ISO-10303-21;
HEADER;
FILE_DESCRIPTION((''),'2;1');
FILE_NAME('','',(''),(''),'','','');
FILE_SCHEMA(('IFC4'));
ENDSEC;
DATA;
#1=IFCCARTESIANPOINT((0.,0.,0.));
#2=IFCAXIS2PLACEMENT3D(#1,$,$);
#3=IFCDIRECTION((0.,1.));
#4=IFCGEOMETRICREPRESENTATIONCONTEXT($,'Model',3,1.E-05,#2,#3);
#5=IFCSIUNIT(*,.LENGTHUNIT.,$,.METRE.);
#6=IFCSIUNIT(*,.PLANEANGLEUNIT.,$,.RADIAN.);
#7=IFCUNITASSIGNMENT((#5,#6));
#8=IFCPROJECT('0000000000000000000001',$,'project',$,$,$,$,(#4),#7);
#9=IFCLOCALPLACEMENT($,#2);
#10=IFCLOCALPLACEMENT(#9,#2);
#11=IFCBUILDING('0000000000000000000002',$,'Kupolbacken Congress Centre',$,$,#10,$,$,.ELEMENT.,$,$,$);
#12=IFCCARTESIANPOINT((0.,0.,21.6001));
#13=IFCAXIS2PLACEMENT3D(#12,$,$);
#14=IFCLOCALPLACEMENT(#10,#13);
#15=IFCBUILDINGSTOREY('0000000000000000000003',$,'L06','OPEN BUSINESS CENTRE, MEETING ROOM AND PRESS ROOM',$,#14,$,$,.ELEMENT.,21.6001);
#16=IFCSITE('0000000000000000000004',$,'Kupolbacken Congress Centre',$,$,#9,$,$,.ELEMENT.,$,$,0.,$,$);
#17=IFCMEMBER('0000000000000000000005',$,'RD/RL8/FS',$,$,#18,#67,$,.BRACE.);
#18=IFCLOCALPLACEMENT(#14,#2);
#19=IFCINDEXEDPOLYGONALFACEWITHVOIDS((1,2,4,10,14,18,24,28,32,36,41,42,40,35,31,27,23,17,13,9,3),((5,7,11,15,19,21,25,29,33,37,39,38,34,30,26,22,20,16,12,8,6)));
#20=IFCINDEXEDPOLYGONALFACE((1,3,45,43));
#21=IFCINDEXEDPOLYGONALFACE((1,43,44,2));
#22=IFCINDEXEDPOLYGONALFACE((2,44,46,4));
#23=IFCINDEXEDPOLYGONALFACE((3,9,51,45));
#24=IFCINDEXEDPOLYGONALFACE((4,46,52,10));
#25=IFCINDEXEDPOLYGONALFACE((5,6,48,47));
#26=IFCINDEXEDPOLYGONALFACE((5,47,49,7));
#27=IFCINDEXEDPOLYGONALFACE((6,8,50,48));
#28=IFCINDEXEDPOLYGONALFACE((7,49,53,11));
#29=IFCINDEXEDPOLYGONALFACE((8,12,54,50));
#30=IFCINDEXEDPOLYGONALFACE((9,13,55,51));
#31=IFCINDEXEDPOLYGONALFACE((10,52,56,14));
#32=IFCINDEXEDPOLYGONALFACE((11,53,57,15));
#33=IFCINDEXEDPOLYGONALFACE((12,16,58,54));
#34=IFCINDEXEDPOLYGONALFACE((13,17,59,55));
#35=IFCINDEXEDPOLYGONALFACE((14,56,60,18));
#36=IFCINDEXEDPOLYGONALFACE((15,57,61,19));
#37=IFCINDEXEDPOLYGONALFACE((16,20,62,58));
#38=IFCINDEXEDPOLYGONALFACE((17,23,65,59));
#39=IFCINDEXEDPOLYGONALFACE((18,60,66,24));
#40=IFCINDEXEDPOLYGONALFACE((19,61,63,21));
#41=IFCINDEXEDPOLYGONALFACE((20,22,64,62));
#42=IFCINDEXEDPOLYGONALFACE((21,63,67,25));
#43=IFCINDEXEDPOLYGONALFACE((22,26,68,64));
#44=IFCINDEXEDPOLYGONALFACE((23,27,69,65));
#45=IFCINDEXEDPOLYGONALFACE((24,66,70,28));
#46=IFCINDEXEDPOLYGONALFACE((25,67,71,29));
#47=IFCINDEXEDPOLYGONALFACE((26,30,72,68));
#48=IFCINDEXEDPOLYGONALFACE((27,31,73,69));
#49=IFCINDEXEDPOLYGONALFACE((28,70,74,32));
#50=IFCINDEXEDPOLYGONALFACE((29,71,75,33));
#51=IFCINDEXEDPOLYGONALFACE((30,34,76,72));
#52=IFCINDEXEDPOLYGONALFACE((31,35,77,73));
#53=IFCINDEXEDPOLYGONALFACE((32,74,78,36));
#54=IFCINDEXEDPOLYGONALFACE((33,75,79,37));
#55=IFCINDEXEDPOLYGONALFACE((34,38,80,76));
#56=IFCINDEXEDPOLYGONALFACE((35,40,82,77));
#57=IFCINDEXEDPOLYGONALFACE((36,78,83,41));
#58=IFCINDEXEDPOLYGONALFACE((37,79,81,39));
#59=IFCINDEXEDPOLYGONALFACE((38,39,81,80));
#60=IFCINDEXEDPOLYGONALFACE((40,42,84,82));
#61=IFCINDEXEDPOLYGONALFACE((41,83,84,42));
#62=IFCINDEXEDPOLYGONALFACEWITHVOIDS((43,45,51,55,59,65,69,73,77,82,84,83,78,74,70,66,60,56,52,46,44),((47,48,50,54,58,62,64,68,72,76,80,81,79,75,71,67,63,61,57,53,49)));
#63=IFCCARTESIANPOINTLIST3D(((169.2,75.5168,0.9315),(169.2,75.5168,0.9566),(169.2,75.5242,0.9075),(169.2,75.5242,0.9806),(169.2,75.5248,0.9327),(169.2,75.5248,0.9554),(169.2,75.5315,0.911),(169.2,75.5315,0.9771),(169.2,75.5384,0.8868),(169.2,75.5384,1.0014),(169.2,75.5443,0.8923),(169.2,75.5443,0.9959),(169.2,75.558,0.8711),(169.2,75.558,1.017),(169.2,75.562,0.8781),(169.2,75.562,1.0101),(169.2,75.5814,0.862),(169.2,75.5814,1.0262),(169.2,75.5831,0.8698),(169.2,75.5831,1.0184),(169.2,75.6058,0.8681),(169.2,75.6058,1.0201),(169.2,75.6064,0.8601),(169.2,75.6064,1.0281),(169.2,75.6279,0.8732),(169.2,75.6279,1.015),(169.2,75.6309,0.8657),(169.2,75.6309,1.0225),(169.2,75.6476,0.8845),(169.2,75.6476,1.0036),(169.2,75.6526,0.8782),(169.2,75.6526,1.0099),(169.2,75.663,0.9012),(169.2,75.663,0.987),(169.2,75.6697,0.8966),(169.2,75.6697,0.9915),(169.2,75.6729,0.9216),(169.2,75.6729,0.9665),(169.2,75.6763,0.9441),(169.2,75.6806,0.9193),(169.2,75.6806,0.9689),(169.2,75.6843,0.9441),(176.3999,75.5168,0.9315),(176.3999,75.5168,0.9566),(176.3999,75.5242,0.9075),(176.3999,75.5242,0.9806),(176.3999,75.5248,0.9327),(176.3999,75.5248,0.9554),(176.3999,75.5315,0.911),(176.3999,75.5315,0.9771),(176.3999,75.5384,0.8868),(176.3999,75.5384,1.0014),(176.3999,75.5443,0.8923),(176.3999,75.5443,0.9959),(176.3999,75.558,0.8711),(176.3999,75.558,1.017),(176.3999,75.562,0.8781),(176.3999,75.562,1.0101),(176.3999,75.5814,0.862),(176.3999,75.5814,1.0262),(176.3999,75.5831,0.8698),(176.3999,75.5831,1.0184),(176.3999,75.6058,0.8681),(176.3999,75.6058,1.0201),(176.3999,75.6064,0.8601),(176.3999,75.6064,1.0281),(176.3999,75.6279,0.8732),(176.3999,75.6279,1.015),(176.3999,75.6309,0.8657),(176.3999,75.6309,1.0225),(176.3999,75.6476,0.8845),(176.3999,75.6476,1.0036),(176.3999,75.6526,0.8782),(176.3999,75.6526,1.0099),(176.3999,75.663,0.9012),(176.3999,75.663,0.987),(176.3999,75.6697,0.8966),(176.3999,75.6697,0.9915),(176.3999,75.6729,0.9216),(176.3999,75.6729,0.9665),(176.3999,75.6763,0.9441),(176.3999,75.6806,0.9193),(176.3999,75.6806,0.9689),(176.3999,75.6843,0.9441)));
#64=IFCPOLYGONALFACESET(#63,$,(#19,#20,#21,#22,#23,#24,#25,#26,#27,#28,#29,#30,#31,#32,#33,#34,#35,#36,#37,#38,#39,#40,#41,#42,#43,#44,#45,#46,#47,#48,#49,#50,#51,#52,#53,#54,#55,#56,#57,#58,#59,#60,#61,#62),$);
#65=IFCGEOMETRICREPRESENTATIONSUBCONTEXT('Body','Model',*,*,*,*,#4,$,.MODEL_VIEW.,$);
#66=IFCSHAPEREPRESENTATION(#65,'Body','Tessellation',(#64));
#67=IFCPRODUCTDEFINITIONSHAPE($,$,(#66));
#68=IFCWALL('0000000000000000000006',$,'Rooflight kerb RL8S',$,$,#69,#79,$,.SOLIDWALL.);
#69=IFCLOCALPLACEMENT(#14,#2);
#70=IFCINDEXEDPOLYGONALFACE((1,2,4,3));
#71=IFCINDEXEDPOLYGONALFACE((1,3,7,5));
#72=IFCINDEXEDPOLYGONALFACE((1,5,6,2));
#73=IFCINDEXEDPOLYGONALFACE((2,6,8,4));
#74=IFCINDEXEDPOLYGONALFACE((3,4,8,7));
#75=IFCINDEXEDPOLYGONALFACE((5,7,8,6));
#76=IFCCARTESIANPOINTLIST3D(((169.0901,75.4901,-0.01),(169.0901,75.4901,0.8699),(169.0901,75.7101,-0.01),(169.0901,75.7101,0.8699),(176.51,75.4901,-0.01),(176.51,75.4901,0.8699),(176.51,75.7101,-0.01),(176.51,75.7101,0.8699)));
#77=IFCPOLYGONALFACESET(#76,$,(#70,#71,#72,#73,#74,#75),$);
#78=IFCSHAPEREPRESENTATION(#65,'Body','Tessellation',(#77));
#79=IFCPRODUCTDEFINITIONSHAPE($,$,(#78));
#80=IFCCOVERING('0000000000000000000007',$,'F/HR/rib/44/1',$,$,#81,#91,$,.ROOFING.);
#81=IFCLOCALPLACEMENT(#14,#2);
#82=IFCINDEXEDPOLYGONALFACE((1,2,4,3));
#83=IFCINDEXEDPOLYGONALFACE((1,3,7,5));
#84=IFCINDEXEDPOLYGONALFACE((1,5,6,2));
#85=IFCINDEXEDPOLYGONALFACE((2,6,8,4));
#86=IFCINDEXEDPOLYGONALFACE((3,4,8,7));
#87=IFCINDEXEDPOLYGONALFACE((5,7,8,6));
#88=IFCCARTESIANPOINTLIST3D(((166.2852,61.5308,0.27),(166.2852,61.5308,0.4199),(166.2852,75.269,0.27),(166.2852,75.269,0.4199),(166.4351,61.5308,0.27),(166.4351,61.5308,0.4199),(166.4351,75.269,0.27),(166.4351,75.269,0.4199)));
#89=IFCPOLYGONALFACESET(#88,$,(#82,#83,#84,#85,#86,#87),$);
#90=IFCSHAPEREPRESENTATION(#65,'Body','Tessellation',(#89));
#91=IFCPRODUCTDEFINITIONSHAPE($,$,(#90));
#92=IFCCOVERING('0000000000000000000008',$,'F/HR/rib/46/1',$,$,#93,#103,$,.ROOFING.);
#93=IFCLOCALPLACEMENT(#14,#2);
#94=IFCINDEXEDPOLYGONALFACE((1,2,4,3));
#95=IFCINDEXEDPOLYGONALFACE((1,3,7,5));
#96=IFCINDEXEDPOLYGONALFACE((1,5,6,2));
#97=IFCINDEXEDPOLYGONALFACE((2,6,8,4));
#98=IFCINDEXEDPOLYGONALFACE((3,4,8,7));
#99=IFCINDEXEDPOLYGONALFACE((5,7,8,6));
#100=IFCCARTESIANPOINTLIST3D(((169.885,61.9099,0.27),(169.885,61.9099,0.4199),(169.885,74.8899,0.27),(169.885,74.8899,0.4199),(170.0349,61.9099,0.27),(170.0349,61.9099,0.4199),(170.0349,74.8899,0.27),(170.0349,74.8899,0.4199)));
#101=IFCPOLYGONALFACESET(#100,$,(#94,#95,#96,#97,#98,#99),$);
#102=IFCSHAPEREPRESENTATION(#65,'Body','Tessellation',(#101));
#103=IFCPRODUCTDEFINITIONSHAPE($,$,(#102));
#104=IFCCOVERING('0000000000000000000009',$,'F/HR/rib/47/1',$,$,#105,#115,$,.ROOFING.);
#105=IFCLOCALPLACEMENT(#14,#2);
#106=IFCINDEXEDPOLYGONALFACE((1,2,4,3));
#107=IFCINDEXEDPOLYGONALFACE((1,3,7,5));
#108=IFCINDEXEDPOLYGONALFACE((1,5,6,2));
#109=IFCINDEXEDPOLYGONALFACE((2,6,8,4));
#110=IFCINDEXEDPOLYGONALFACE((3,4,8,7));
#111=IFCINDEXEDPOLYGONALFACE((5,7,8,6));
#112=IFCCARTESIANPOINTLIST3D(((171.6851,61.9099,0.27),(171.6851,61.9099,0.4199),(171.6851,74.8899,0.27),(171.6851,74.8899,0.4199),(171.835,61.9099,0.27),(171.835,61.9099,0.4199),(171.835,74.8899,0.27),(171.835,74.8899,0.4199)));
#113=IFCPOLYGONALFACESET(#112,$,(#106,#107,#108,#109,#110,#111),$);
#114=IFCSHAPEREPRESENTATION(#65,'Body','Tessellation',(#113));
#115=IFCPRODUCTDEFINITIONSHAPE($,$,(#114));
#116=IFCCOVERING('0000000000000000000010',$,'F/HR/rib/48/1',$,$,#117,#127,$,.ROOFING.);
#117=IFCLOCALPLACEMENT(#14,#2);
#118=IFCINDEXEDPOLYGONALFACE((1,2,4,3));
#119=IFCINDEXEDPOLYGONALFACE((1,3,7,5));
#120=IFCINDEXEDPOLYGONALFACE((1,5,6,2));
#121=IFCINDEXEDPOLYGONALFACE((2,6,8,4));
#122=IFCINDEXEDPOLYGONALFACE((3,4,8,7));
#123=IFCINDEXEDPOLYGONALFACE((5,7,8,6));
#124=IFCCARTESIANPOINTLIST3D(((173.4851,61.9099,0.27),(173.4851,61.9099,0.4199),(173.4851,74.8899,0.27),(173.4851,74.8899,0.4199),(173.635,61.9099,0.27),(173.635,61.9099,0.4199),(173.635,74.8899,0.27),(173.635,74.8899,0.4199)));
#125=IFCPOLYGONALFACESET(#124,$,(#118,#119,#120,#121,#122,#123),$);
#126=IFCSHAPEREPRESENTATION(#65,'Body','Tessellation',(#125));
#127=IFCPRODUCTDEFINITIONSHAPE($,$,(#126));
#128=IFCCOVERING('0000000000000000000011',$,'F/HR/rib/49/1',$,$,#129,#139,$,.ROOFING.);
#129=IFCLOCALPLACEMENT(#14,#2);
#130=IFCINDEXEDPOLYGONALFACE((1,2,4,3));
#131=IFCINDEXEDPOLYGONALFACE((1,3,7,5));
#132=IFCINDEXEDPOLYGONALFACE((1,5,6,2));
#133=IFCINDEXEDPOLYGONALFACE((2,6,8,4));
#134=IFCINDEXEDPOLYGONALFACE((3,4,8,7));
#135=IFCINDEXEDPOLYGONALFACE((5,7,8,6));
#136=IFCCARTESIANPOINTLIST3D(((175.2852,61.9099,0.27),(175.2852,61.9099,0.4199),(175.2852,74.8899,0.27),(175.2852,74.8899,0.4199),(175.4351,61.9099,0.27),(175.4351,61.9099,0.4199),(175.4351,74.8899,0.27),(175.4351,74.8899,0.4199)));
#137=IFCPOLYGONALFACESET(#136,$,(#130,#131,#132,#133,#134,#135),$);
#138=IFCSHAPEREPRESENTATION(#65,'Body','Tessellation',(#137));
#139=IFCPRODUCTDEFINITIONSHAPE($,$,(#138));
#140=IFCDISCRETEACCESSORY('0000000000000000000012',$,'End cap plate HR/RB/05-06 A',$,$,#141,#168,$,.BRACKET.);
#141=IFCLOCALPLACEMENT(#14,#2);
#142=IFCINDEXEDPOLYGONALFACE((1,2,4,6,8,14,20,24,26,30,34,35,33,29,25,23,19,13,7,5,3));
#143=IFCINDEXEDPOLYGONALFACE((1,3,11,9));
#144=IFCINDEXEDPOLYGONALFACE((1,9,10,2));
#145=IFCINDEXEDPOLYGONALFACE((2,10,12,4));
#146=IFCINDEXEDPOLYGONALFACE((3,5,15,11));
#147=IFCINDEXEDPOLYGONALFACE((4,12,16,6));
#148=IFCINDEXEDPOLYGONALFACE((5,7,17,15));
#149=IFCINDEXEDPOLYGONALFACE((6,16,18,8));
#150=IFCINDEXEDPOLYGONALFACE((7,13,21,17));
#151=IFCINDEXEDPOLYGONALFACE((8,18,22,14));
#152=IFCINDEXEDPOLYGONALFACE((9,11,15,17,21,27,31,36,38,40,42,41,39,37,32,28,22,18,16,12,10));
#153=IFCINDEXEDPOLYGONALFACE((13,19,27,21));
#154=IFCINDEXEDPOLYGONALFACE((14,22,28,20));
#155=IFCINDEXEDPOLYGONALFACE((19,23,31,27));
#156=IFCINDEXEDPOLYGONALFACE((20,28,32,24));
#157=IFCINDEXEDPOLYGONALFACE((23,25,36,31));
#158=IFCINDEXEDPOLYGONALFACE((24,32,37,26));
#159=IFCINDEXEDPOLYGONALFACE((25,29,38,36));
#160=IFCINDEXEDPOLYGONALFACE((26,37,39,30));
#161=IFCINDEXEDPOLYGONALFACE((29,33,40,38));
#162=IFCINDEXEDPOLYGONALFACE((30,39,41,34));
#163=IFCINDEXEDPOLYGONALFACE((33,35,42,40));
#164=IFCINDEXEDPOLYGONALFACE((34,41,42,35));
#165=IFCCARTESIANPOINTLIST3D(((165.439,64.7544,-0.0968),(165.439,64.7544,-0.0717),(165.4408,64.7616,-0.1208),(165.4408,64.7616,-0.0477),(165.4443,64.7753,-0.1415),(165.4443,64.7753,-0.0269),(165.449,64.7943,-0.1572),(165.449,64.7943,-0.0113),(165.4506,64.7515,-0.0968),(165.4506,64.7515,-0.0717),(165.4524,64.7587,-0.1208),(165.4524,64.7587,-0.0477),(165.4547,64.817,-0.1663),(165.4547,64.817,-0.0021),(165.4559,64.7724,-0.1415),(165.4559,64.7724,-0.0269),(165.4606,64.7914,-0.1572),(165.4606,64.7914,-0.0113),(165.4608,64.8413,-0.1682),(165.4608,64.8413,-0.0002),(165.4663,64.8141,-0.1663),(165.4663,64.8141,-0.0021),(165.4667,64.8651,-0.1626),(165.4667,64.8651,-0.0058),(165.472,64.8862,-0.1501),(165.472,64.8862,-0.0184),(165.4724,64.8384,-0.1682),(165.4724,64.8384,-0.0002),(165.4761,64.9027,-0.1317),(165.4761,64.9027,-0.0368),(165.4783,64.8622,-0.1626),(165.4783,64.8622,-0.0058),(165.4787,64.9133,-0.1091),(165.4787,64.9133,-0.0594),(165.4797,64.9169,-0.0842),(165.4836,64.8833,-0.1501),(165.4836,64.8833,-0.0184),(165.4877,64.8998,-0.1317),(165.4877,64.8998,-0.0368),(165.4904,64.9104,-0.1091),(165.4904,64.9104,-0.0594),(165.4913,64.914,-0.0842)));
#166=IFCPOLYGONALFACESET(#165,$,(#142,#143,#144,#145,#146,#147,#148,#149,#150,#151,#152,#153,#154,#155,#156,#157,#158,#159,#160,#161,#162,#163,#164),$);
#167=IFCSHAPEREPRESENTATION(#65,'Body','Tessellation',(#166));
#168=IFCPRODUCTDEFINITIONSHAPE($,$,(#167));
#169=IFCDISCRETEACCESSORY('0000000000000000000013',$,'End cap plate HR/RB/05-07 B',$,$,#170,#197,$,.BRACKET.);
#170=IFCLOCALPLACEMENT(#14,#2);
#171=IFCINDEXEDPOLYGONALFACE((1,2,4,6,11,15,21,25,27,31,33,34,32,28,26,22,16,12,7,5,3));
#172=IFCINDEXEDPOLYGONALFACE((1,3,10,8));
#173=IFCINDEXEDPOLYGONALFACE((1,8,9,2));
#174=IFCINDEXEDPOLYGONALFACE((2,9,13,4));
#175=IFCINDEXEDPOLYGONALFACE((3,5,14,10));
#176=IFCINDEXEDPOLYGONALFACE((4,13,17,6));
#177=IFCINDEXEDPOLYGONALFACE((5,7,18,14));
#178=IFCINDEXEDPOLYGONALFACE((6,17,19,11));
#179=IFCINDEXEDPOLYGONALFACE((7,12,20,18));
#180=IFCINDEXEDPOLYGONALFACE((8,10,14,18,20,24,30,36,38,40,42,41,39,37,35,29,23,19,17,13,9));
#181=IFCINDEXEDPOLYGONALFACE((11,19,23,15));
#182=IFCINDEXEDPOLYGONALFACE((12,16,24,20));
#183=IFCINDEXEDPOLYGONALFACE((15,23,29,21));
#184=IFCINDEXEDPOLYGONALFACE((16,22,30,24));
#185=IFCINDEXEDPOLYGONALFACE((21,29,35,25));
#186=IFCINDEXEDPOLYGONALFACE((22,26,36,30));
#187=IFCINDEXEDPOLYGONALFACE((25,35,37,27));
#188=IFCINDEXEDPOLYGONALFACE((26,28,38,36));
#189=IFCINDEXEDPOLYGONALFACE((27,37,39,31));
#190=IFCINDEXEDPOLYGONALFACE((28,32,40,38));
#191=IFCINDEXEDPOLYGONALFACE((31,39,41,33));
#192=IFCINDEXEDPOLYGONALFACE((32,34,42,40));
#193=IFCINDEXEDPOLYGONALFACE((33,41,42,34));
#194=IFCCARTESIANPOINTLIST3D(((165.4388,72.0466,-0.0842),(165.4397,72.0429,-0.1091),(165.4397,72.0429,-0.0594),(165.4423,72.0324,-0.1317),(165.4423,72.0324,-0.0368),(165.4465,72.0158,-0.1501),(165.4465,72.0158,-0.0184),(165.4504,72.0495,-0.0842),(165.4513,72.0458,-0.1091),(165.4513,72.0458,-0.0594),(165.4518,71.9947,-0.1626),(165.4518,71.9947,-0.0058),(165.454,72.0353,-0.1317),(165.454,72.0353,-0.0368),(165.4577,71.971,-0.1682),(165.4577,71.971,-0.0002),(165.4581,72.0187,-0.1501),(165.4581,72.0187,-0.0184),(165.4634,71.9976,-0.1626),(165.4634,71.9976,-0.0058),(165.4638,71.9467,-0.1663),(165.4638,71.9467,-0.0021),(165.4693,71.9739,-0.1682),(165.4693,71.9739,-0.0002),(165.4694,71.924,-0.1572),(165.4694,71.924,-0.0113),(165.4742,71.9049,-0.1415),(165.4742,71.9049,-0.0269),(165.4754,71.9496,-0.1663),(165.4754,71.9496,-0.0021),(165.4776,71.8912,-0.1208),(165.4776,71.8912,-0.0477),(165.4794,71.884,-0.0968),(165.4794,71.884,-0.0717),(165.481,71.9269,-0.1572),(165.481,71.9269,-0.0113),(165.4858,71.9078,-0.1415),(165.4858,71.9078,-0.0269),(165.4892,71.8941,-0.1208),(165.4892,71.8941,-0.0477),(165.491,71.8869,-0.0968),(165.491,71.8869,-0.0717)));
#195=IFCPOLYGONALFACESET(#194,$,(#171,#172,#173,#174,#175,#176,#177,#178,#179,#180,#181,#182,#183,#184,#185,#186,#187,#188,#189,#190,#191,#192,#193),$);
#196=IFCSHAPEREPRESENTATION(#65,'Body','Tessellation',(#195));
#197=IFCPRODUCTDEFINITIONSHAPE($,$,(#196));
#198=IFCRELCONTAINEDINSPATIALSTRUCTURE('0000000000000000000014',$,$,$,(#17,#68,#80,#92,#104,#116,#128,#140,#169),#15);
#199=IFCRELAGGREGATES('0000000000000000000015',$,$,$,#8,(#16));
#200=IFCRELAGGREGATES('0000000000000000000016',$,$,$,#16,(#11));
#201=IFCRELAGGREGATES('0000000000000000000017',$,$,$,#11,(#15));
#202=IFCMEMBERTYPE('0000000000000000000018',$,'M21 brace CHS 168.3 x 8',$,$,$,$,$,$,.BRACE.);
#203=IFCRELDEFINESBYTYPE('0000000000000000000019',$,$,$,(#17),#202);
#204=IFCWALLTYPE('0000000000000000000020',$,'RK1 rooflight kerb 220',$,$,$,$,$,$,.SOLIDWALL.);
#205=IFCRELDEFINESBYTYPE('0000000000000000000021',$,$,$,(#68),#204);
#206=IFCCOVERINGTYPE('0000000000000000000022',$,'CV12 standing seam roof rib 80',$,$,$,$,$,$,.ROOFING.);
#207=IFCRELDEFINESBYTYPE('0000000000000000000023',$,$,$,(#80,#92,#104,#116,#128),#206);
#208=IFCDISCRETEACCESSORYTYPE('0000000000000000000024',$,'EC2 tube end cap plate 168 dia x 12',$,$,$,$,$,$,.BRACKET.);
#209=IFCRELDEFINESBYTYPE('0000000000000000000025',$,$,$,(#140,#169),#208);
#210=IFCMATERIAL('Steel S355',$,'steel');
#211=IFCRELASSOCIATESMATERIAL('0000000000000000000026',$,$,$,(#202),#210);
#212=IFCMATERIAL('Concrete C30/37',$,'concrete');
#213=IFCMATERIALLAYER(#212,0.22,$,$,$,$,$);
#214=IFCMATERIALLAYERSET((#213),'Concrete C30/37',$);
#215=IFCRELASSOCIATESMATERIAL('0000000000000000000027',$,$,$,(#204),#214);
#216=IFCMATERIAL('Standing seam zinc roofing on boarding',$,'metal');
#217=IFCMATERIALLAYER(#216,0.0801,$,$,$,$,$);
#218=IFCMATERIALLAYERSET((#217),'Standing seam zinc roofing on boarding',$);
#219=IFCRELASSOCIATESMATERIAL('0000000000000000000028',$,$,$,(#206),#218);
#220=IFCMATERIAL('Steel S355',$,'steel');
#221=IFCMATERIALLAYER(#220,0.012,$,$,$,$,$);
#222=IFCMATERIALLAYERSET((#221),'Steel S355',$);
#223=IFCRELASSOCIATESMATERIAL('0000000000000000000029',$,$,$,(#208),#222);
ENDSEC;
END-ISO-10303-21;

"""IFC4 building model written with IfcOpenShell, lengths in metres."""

from ifc_helpers import new_model, si_unit, direction, frame, frame_2d, origin, origin_2d, place, context, subcontext, project, spatial, rectangle, circle, hollow_circle, extrude, material, layer, layer_set, material_profile, profile_set, type_object, element, save


model = new_model("IFC4")

# Units and contexts
model_context = context("Model", 3, precision=1e-05, world=origin(), true_north=direction((0.0, 1.0)))
body_context = subcontext(model_context, "Body", "Model", "MODEL_VIEW")
ifc_project = project(units=[si_unit("LENGTHUNIT", "METRE"), si_unit("PLANEANGLEUNIT", "RADIAN")], contexts=[model_context])

# Site, building, storey
site_placement = place(None, origin())
site = spatial("IfcSite", under=ifc_project, at=site_placement, Name="Kupolbacken Congress Centre", CompositionType="ELEMENT", RefElevation=0.0)
building_placement = place(site_placement, origin())
building = spatial("IfcBuilding", under=site, at=building_placement, Name="Kupolbacken Congress Centre", CompositionType="ELEMENT")
storey_placement = place(building_placement, frame((0.0, 0.0, 21.6001)))
storey = spatial("IfcBuildingStorey", under=building, at=storey_placement, Name="L06", Description="OPEN BUSINESS CENTRE, MEETING ROOM AND PRESS ROOM", CompositionType="ELEMENT", Elevation=21.6001)

# Member
ifc_material_1 = material(Name="Steel S355", Category="steel")
ifc_material_profile_1 = material_profile(ifc_material_1, hollow_circle(Radius=0.0842, WallThickness=0.0081, at=origin_2d()), Name="CHS 168.3 x 8")
ifc_profile_set_1 = profile_set([ifc_material_profile_1], Name="Steel S355")
member_type_1 = type_object("IfcMemberType", Name="M21 brace CHS 168.3 x 8", PredefinedType="BRACE", material=ifc_profile_set_1)
member_1_placement = place(storey_placement, frame((169.2, 75.6001, 0.9441), z_axis=(1.0, 0.0, 0.0), x_axis=(0.0, 1.0, 0.0)))
element("IfcMember", 1, at=member_1_placement, inside=storey, type_object=member_type_1, Name="RD/RL8/FS", PredefinedType="BRACE", context=body_context, shape_type="SweptSolid", body=[
    extrude(hollow_circle(Radius=0.0842, WallThickness=0.0081, at=origin_2d()), origin(), (0.0, 0.0, 1.0), 7.2),
])

# Wall
ifc_material_2 = material(Name="Concrete C30/37", Category="concrete")
ifc_layer_1 = layer(ifc_material_2, 0.22)
ifc_layer_set_1 = layer_set([ifc_layer_1], Name="Concrete C30/37")
wall_type = type_object("IfcWallType", Name="RK1 rooflight kerb 220", PredefinedType="SOLIDWALL", material=ifc_layer_set_1)
wall_placement = place(storey_placement, frame((169.0901, 75.6001, -0.01), z_axis=(0.0, 0.0, 1.0), x_axis=(1.0, 0.0, 0.0)))
element("IfcWall", 2, at=wall_placement, inside=storey, type_object=wall_type, Name="Rooflight kerb RL8S", PredefinedType="SOLIDWALL", context=body_context, shape_type="SweptSolid", body=[
    extrude(rectangle(XDim=7.4199, YDim=0.22, at=frame_2d((3.71, 0.0))), origin(), (0.0, 0.0, 1.0), 0.8799),
])

# Coverings
ifc_material_3 = material(Name="Standing seam zinc roofing on boarding", Category="metal")
ifc_layer_2 = layer(ifc_material_3, 0.0801)
ifc_layer_set_2 = layer_set([ifc_layer_2], Name="Standing seam zinc roofing on boarding")
covering_type = type_object("IfcCoveringType", Name="CV12 standing seam roof rib 80", PredefinedType="ROOFING", material=ifc_layer_set_2)
covering_placement = place(storey_placement, frame((166.3601, 68.3999, 0.27), z_axis=(0.0, 0.0, 1.0), x_axis=(0.0, 1.0, 0.0)))
element("IfcCovering", 3, at=covering_placement, inside=storey, type_object=covering_type, Name="F/HR/rib/44/1", PredefinedType="ROOFING", context=body_context, shape_type="SweptSolid", body=[
    extrude(rectangle(XDim=13.7383, YDim=0.1499, at=origin_2d()), origin(), (0.0, 0.0, 1.0), 0.1499),
])
for number, where, z_axis, x_axis, name in (
    (4, (169.96, 68.3999, 0.27), (0.0, 0.0, 1.0), (0.0, 1.0, 0.0), "F/HR/rib/46/1"),
    (5, (171.76, 68.3999, 0.27), (0.0, 0.0, 1.0), (0.0, 1.0, 0.0), "F/HR/rib/47/1"),
    (6, (173.5601, 68.3999, 0.27), (0.0, 0.0, 1.0), (0.0, 1.0, 0.0), "F/HR/rib/48/1"),
    (7, (175.3601, 68.3999, 0.27), (0.0, 0.0, 1.0), (0.0, 1.0, 0.0), "F/HR/rib/49/1"),
):
    element("IfcCovering", number, at=place(storey_placement, frame(where, z_axis=z_axis, x_axis=x_axis)), inside=storey, type_object=covering_type, Name=name, PredefinedType="ROOFING", context=body_context, shape_type="SweptSolid", body=[
        extrude(rectangle(XDim=12.98, YDim=0.1499, at=origin_2d()), origin(), (0.0, 0.0, 1.0), 0.1499),
    ])

# Discrete accessories
ifc_material_4 = material(Name="Steel S355", Category="steel")
ifc_layer_3 = layer(ifc_material_4, 0.012)
ifc_layer_set_3 = layer_set([ifc_layer_3], Name="Steel S355")
discrete_accessory_type = type_object("IfcDiscreteAccessoryType", Name="EC2 tube end cap plate 168 dia x 12", PredefinedType="BRACKET", material=ifc_layer_set_3)
for number, where, z_axis, x_axis, name in (
    (8, (165.4592, 64.8352, -0.0842), (0.970143, -0.242536, 0.0), (0.242536, 0.970143, 0.0), "End cap plate HR/RB/05-06 A"),
    (9, (165.4592, 71.9648, -0.0842), (0.970143, 0.242536, 0.0), (-0.242536, 0.970143, 0.0), "End cap plate HR/RB/05-07 B"),
):
    element("IfcDiscreteAccessory", number, at=place(storey_placement, frame(where, z_axis=z_axis, x_axis=x_axis)), inside=storey, type_object=discrete_accessory_type, Name=name, PredefinedType="BRACKET", context=body_context, shape_type="SweptSolid", body=[
        extrude(circle(Radius=0.0842, at=origin_2d()), origin(), (0.0, 0.0, 1.0), 0.012),
    ])

save(model, "model.ifc")
